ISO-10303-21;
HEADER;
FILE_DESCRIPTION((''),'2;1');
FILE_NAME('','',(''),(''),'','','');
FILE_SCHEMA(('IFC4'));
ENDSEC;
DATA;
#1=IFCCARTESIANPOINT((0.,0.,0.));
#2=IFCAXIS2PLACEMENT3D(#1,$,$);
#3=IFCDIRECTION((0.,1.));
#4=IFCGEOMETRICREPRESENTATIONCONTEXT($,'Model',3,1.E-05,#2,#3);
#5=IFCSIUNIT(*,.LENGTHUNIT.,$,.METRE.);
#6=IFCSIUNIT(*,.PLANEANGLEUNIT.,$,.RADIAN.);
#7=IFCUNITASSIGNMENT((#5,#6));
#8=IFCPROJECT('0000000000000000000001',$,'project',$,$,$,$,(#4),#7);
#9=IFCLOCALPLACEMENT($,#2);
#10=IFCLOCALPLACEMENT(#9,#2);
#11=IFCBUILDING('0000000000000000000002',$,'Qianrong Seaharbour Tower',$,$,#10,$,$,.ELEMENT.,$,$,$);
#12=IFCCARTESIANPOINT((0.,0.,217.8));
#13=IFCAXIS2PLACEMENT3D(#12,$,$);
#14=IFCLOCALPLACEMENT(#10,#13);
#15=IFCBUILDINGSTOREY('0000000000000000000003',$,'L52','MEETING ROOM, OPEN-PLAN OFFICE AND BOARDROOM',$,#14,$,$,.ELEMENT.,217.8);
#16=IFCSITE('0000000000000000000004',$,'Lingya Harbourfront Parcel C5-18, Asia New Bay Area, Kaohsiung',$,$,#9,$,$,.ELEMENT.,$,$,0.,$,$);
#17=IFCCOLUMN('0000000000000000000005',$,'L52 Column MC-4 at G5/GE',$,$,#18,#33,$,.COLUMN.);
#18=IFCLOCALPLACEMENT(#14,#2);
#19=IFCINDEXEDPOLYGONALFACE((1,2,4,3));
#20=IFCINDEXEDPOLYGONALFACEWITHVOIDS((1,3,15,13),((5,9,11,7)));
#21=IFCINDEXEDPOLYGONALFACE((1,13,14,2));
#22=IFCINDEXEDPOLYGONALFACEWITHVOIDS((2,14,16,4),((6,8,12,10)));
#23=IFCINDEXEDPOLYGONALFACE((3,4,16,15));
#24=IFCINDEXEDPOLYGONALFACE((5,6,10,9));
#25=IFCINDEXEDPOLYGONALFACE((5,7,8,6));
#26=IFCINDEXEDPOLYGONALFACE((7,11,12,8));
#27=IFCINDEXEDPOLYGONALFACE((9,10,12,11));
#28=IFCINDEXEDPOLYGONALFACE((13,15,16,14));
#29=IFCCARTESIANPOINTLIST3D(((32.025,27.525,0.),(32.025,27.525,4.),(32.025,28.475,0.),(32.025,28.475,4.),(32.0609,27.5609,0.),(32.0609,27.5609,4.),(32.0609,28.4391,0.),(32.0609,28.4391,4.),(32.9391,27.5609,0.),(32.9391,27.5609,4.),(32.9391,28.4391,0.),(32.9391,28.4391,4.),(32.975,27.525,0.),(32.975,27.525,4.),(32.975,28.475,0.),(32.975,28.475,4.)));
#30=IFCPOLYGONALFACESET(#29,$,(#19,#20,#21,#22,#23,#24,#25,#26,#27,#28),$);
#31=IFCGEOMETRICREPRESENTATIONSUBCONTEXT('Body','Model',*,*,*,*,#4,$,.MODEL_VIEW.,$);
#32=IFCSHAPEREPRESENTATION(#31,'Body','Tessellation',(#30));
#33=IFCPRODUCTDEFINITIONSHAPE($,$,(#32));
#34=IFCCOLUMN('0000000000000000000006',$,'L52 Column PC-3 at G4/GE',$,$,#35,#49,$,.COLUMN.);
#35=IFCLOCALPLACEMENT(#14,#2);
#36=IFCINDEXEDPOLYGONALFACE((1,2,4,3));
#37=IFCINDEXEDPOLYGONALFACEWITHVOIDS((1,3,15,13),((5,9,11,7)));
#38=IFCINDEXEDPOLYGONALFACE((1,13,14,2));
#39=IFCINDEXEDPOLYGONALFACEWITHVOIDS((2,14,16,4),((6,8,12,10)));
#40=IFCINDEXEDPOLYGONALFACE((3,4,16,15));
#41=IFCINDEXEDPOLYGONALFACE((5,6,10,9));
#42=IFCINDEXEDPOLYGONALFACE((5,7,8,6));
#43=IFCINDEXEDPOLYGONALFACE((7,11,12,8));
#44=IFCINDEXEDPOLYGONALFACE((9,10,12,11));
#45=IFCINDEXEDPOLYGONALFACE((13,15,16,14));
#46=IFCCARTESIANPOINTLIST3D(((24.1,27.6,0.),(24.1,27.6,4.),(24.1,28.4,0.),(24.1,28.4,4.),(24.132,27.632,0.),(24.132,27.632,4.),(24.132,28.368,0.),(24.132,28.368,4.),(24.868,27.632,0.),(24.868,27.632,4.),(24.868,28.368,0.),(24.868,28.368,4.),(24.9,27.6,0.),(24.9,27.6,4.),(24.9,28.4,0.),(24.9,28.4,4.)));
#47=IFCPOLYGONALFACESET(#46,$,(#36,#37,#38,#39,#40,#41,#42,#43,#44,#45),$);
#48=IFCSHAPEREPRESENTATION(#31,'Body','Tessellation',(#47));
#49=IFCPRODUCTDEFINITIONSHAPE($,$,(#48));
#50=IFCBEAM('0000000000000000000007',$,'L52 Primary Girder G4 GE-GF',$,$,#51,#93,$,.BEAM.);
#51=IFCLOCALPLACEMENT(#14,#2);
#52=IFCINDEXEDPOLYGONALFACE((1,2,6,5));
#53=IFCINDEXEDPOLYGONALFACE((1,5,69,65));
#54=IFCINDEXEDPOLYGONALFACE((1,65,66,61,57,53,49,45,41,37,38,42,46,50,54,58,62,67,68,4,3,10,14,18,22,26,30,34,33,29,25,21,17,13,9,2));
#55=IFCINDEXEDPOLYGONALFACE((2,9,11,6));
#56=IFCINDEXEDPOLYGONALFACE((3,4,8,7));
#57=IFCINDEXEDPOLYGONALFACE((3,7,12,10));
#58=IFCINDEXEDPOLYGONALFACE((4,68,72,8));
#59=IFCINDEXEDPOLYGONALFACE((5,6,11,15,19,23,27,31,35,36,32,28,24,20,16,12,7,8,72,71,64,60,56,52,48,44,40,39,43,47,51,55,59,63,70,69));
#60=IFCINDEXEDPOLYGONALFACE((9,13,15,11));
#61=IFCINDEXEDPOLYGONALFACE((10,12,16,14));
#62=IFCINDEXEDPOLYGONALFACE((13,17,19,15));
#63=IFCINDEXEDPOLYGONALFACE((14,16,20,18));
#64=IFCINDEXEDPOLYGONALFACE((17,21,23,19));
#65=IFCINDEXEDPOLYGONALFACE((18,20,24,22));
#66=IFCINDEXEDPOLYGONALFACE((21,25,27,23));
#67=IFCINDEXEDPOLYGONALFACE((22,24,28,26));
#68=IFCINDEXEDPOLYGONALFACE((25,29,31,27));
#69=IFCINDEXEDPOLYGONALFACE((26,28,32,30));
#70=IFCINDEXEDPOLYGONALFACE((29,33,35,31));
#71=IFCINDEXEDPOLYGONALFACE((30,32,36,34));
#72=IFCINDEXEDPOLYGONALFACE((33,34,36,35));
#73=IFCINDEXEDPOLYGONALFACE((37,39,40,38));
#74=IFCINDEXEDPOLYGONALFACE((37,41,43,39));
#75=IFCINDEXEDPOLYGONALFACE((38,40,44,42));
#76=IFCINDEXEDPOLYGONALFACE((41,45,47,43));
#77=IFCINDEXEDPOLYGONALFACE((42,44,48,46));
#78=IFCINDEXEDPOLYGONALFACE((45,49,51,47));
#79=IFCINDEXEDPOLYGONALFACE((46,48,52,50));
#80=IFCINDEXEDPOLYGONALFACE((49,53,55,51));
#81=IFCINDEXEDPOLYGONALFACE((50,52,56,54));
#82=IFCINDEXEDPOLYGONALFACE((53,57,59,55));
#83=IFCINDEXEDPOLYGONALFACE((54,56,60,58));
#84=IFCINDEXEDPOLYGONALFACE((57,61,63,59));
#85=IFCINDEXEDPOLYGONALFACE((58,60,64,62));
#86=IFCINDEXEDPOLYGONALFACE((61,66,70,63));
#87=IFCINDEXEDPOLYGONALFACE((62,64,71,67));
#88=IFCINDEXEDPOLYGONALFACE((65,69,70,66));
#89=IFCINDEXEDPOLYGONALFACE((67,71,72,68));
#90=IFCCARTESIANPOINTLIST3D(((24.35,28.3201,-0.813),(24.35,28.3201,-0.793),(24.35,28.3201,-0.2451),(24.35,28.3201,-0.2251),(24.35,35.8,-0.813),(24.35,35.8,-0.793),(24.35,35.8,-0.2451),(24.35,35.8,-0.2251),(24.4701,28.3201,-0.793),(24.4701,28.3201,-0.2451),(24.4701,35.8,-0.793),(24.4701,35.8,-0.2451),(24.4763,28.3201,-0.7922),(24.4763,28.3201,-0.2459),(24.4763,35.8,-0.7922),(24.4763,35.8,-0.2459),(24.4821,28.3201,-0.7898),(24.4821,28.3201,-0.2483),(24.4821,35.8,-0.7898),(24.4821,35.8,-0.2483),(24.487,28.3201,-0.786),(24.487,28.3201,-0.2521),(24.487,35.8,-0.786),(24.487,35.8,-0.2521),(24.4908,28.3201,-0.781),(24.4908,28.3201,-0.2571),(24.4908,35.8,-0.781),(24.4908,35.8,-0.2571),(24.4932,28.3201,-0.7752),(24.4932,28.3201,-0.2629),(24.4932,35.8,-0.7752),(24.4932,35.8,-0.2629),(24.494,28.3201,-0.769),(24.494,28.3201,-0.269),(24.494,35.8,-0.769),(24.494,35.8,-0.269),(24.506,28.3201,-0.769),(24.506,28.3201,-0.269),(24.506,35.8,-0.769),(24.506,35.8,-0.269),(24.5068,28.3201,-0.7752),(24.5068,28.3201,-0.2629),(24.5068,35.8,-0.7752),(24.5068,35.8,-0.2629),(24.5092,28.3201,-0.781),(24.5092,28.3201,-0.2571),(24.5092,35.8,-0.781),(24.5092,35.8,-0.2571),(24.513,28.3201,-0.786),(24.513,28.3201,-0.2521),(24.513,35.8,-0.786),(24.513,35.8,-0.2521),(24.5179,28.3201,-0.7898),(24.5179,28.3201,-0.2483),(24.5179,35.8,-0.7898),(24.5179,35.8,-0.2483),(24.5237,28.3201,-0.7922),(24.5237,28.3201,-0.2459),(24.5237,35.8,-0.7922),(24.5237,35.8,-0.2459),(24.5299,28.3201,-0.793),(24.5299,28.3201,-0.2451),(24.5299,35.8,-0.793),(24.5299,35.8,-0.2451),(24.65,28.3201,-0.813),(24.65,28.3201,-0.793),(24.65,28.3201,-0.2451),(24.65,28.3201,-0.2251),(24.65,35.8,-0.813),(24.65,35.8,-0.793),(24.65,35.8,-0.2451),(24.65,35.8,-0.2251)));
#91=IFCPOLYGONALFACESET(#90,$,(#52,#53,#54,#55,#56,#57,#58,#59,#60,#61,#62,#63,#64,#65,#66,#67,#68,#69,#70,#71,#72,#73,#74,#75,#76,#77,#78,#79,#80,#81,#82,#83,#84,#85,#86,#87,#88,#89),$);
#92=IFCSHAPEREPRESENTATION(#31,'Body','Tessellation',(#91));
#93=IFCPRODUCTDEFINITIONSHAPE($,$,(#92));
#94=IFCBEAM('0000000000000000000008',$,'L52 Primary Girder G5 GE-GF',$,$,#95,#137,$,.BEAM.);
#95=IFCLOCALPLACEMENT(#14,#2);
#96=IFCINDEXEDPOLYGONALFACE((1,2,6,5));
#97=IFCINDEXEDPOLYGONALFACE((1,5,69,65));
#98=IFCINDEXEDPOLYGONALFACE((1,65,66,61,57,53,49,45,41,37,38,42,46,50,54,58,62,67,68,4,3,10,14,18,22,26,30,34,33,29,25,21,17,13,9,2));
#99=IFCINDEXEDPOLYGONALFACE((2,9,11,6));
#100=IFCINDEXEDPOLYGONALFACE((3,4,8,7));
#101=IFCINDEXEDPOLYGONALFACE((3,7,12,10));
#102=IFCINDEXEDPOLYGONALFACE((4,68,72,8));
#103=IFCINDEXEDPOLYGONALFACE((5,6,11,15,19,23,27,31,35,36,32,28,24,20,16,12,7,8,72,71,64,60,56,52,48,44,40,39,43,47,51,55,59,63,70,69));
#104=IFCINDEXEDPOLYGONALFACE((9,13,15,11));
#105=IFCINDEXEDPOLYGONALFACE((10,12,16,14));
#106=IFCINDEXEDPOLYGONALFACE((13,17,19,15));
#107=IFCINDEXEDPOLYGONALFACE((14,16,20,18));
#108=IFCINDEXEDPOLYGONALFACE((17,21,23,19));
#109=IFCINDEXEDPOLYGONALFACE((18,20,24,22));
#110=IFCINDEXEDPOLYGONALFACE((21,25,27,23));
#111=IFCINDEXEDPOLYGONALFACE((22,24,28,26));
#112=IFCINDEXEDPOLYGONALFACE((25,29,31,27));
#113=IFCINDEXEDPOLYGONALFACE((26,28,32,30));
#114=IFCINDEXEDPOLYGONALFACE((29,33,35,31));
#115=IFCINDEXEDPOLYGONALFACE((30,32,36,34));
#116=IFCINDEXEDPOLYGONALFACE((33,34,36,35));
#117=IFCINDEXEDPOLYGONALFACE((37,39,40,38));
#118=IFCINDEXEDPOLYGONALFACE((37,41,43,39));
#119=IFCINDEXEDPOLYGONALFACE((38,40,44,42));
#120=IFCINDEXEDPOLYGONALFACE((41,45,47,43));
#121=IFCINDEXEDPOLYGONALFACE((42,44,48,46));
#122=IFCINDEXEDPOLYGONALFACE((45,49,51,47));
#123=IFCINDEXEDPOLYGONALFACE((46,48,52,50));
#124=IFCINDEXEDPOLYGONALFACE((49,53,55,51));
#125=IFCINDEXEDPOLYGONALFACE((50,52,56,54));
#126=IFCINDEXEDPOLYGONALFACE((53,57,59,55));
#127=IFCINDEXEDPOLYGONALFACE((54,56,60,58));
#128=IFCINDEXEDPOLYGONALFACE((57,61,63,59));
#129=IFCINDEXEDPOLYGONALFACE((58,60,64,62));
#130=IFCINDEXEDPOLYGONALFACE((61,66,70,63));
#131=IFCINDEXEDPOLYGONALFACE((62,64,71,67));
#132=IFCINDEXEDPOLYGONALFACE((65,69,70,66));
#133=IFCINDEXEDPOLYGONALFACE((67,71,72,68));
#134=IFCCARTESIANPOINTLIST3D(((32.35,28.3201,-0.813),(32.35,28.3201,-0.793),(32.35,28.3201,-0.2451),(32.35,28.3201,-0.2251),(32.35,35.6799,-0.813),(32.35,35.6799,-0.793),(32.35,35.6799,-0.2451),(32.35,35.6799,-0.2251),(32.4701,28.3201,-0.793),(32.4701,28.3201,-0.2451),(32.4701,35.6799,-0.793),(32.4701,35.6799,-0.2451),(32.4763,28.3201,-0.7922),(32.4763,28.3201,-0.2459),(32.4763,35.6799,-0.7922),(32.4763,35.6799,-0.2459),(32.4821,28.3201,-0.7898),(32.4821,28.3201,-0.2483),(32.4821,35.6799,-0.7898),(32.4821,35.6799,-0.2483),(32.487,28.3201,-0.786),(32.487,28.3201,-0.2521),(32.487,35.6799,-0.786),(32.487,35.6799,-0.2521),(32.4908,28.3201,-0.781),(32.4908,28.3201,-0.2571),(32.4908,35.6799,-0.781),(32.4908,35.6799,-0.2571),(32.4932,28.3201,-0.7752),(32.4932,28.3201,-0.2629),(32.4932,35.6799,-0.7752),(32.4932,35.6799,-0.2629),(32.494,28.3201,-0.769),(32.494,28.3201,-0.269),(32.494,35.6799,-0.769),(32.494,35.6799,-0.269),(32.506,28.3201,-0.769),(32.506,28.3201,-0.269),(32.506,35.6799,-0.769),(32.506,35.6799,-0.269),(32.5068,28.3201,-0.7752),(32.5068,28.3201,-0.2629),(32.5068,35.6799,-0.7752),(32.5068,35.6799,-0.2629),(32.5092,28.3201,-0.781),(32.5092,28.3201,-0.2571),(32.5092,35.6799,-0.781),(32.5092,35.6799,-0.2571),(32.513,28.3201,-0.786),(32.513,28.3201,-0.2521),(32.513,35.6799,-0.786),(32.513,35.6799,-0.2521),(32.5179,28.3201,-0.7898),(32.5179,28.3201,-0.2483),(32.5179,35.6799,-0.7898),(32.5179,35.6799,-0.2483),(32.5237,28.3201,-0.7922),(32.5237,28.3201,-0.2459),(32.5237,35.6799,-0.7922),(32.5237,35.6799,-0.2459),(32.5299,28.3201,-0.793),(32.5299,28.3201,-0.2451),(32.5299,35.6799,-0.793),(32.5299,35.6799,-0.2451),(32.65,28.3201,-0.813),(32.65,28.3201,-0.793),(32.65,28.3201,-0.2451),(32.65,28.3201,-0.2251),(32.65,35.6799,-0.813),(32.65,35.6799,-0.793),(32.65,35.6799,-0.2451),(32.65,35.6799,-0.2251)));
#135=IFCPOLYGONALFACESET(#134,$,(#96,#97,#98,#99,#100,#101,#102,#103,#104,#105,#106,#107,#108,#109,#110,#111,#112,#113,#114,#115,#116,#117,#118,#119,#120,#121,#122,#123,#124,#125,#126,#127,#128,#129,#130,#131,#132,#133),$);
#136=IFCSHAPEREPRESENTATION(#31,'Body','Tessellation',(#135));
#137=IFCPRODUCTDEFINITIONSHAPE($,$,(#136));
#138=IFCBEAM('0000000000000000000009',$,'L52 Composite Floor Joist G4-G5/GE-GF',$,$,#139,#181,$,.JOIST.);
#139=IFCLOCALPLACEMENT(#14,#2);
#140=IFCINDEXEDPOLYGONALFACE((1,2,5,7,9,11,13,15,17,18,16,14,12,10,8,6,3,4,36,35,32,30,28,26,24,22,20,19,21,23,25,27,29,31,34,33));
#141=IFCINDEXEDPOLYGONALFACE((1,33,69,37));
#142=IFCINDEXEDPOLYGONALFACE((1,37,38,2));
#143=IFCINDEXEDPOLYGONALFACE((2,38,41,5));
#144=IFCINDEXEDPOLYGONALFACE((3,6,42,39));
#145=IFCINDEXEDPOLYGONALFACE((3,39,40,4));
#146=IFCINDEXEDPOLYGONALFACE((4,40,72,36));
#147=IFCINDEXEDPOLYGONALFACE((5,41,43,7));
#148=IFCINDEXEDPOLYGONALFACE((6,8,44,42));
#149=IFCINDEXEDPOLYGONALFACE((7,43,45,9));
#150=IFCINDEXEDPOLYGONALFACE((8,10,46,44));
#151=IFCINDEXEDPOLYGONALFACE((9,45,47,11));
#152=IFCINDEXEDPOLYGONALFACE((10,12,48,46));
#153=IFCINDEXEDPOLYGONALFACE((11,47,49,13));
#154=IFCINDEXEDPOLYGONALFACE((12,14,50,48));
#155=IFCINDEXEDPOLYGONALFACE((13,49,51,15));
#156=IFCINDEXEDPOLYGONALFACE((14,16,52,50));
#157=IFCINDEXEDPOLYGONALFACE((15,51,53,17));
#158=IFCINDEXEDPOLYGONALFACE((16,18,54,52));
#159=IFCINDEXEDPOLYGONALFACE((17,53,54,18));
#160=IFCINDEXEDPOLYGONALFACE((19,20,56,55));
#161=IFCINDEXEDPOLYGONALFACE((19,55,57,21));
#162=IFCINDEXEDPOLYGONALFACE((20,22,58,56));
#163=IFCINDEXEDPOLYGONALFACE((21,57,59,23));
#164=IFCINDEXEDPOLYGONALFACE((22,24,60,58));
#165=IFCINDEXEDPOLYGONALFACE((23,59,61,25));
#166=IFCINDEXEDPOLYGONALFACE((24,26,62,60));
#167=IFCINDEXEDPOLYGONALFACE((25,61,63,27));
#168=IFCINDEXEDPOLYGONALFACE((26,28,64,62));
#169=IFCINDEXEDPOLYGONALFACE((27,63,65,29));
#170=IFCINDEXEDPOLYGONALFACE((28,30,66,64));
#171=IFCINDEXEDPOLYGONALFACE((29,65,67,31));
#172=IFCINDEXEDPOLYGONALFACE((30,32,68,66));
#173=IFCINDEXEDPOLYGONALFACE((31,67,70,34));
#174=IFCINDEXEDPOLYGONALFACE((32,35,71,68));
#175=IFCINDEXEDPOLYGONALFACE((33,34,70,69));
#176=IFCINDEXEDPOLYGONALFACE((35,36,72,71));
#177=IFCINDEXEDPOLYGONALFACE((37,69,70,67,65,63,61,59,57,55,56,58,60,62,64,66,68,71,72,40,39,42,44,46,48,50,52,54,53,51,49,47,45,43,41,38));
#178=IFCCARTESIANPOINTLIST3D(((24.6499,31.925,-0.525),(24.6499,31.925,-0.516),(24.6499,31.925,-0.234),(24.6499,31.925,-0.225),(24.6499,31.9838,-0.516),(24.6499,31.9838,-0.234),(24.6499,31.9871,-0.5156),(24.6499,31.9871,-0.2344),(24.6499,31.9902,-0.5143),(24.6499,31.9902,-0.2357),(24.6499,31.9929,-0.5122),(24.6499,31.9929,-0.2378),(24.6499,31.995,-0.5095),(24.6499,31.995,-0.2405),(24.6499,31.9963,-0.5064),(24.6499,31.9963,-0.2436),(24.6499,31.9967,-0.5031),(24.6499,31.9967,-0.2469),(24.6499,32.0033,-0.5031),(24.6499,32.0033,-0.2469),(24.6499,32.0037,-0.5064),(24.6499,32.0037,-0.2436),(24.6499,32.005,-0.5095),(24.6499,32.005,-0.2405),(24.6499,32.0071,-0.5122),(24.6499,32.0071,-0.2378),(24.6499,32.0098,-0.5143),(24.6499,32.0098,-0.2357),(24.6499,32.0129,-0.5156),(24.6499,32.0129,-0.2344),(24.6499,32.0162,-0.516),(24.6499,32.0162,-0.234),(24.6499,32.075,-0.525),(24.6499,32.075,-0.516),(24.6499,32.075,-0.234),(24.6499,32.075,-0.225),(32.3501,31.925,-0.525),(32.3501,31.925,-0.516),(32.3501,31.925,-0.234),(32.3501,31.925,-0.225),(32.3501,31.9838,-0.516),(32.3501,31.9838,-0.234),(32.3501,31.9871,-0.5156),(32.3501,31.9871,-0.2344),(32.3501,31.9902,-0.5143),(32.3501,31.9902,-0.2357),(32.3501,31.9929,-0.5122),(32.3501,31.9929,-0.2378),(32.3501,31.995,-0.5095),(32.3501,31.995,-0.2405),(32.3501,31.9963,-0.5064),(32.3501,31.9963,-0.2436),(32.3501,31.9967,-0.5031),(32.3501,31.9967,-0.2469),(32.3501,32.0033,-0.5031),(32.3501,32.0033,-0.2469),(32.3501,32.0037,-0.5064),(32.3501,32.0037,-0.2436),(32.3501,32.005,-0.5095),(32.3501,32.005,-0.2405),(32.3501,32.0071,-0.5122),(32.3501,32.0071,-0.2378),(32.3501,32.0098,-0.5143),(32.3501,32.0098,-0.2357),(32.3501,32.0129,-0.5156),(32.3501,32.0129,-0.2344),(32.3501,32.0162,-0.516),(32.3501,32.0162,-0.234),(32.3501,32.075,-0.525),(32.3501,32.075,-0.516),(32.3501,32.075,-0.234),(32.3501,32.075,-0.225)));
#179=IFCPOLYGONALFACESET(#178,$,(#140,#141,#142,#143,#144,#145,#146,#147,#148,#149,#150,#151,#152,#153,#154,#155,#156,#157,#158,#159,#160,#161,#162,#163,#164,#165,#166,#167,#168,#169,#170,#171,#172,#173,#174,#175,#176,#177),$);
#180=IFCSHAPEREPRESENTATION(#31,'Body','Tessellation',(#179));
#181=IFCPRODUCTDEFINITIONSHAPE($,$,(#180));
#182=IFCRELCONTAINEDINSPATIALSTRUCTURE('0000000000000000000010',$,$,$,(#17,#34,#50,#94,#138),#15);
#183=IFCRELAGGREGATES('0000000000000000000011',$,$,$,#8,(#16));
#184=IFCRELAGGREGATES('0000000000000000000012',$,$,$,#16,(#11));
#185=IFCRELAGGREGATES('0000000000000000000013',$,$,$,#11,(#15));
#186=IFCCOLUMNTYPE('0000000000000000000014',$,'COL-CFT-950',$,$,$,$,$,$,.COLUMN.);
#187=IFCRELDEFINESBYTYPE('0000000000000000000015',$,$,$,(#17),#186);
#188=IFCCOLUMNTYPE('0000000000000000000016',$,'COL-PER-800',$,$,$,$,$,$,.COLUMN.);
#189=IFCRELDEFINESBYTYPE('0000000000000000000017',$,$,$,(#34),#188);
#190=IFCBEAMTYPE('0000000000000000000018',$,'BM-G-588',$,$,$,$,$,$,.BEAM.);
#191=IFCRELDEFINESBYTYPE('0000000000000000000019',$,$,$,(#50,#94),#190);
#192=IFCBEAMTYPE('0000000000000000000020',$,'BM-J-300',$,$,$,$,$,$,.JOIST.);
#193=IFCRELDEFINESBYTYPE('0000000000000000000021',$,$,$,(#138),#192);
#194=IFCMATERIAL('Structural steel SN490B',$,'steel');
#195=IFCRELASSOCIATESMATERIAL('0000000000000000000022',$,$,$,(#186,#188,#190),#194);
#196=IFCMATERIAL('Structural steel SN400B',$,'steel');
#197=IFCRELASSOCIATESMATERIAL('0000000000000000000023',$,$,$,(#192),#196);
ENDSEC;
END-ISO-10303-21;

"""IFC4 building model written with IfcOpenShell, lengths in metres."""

from ifc_helpers import new_model, si_unit, direction, frame, origin, origin_2d, place, context, subcontext, project, spatial, hollow_rectangle, i_section, extrude, material, material_profile, profile_set, type_object, element, save


model = new_model("IFC4")

# Units and contexts
model_context = context("Model", 3, precision=1e-05, world=origin(), true_north=direction((0.0, 1.0)))
body_context = subcontext(model_context, "Body", "Model", "MODEL_VIEW")
ifc_project = project(units=[si_unit("LENGTHUNIT", "METRE"), si_unit("PLANEANGLEUNIT", "RADIAN")], contexts=[model_context])

# Site, building, storey
site_placement = place(None, origin())
site = spatial("IfcSite", under=ifc_project, at=site_placement, Name="Lingya Harbourfront Parcel C5-18, Asia New Bay Area, Kaohsiung", CompositionType="ELEMENT", RefElevation=0.0)
building_placement = place(site_placement, origin())
building = spatial("IfcBuilding", under=site, at=building_placement, Name="Qianrong Seaharbour Tower", CompositionType="ELEMENT")
storey_placement = place(building_placement, frame((0.0, 0.0, 217.8)))
storey = spatial("IfcBuildingStorey", under=building, at=storey_placement, Name="L52", Description="MEETING ROOM, OPEN-PLAN OFFICE AND BOARDROOM", CompositionType="ELEMENT", Elevation=217.8)

# Columns
ifc_material_1 = material(Name="Structural steel SN490B", Category="steel")
ifc_material_profile_1 = material_profile(ifc_material_1, hollow_rectangle(XDim=0.95, YDim=0.95, WallThickness=0.0359, at=origin_2d()), Name="BOX950x950x36")
ifc_profile_set_1 = profile_set([ifc_material_profile_1], Name="Structural steel SN490B")
column_type_1 = type_object("IfcColumnType", Name="COL-CFT-950", PredefinedType="COLUMN", material=ifc_profile_set_1)
column_1_placement = place(storey_placement, frame((32.5, 28.0, 0.0), z_axis=(0.0, 0.0, 1.0), x_axis=(1.0, 0.0, 0.0)))
element("IfcColumn", 1, at=column_1_placement, inside=storey, type_object=column_type_1, Name="L52 Column MC-4 at G5/GE", PredefinedType="COLUMN", context=body_context, shape_type="SweptSolid", body=[
    extrude(hollow_rectangle(XDim=0.95, YDim=0.95, WallThickness=0.0359, at=origin_2d()), origin(), (0.0, 0.0, 1.0), 4.0),
])
ifc_material_profile_2 = material_profile(ifc_material_1, hollow_rectangle(XDim=0.8, YDim=0.8, WallThickness=0.032, at=origin_2d()), Name="BOX800x800x32")
ifc_profile_set_2 = profile_set([ifc_material_profile_2], Name="Structural steel SN490B")
column_type_2 = type_object("IfcColumnType", Name="COL-PER-800", PredefinedType="COLUMN", material=ifc_profile_set_2)
column_2_placement = place(storey_placement, frame((24.5, 28.0, 0.0), z_axis=(0.0, 0.0, 1.0), x_axis=(1.0, 0.0, 0.0)))
element("IfcColumn", 2, at=column_2_placement, inside=storey, type_object=column_type_2, Name="L52 Column PC-3 at G4/GE", PredefinedType="COLUMN", context=body_context, shape_type="SweptSolid", body=[
    extrude(hollow_rectangle(XDim=0.8, YDim=0.8, WallThickness=0.032, at=origin_2d()), origin(), (0.0, 0.0, 1.0), 4.0),
])

# Beams
ifc_material_profile_3 = material_profile(ifc_material_1, i_section(OverallWidth=0.3, OverallDepth=0.5879, WebThickness=0.012, FlangeThickness=0.02, FilletRadius=0.0239, at=origin_2d()), Name="H588x300x12x20")
ifc_profile_set_3 = profile_set([ifc_material_profile_3], Name="Structural steel SN490B")
beam_type_1 = type_object("IfcBeamType", Name="BM-G-588", PredefinedType="BEAM", material=ifc_profile_set_3)
beam_1_placement = place(storey_placement, frame((24.5, 28.3201, -0.519), z_axis=(0.0, 1.0, 0.0), x_axis=(-1.0, 0.0, 0.0)))
element("IfcBeam", 3, at=beam_1_placement, inside=storey, type_object=beam_type_1, Name="L52 Primary Girder G4 GE-GF", PredefinedType="BEAM", context=body_context, shape_type="SweptSolid", body=[
    extrude(i_section(OverallWidth=0.3, OverallDepth=0.5879, WebThickness=0.012, FlangeThickness=0.02, FilletRadius=0.0239, at=origin_2d()), origin(), (0.0, 0.0, 1.0), 7.48),
])
beam_2_placement = place(storey_placement, frame((32.5, 28.3201, -0.519), z_axis=(0.0, 1.0, 0.0), x_axis=(-1.0, 0.0, 0.0)))
element("IfcBeam", 4, at=beam_2_placement, inside=storey, type_object=beam_type_1, Name="L52 Primary Girder G5 GE-GF", PredefinedType="BEAM", context=body_context, shape_type="SweptSolid", body=[
    extrude(i_section(OverallWidth=0.3, OverallDepth=0.5879, WebThickness=0.012, FlangeThickness=0.02, FilletRadius=0.0239, at=origin_2d()), origin(), (0.0, 0.0, 1.0), 7.3599),
])
ifc_material_2 = material(Name="Structural steel SN400B", Category="steel")
ifc_material_profile_4 = material_profile(ifc_material_2, i_section(OverallWidth=0.1499, OverallDepth=0.3, WebThickness=0.0066, FlangeThickness=0.009, FilletRadius=0.0129, at=origin_2d()), Name="H300x150x6.5x9")
ifc_profile_set_4 = profile_set([ifc_material_profile_4], Name="Structural steel SN400B")
beam_type_2 = type_object("IfcBeamType", Name="BM-J-300", PredefinedType="JOIST", material=ifc_profile_set_4)
for number, where, z_axis, x_axis, name in (
    (5, (24.6499, 32.0, -0.375), (1.0, 0.0, 0.0), (0.0, 1.0, 0.0), "L52 Composite Floor Joist G4-G5/GE-GF"),
):
    element("IfcBeam", number, at=place(storey_placement, frame(where, z_axis=z_axis, x_axis=x_axis)), inside=storey, type_object=beam_type_2, Name=name, PredefinedType="JOIST", context=body_context, shape_type="SweptSolid", body=[
        extrude(i_section(OverallWidth=0.1499, OverallDepth=0.3, WebThickness=0.0066, FlangeThickness=0.009, FilletRadius=0.0129, at=origin_2d()), origin(), (0.0, 0.0, 1.0), 7.7002),
    ])

save(model, "model.ifc")
